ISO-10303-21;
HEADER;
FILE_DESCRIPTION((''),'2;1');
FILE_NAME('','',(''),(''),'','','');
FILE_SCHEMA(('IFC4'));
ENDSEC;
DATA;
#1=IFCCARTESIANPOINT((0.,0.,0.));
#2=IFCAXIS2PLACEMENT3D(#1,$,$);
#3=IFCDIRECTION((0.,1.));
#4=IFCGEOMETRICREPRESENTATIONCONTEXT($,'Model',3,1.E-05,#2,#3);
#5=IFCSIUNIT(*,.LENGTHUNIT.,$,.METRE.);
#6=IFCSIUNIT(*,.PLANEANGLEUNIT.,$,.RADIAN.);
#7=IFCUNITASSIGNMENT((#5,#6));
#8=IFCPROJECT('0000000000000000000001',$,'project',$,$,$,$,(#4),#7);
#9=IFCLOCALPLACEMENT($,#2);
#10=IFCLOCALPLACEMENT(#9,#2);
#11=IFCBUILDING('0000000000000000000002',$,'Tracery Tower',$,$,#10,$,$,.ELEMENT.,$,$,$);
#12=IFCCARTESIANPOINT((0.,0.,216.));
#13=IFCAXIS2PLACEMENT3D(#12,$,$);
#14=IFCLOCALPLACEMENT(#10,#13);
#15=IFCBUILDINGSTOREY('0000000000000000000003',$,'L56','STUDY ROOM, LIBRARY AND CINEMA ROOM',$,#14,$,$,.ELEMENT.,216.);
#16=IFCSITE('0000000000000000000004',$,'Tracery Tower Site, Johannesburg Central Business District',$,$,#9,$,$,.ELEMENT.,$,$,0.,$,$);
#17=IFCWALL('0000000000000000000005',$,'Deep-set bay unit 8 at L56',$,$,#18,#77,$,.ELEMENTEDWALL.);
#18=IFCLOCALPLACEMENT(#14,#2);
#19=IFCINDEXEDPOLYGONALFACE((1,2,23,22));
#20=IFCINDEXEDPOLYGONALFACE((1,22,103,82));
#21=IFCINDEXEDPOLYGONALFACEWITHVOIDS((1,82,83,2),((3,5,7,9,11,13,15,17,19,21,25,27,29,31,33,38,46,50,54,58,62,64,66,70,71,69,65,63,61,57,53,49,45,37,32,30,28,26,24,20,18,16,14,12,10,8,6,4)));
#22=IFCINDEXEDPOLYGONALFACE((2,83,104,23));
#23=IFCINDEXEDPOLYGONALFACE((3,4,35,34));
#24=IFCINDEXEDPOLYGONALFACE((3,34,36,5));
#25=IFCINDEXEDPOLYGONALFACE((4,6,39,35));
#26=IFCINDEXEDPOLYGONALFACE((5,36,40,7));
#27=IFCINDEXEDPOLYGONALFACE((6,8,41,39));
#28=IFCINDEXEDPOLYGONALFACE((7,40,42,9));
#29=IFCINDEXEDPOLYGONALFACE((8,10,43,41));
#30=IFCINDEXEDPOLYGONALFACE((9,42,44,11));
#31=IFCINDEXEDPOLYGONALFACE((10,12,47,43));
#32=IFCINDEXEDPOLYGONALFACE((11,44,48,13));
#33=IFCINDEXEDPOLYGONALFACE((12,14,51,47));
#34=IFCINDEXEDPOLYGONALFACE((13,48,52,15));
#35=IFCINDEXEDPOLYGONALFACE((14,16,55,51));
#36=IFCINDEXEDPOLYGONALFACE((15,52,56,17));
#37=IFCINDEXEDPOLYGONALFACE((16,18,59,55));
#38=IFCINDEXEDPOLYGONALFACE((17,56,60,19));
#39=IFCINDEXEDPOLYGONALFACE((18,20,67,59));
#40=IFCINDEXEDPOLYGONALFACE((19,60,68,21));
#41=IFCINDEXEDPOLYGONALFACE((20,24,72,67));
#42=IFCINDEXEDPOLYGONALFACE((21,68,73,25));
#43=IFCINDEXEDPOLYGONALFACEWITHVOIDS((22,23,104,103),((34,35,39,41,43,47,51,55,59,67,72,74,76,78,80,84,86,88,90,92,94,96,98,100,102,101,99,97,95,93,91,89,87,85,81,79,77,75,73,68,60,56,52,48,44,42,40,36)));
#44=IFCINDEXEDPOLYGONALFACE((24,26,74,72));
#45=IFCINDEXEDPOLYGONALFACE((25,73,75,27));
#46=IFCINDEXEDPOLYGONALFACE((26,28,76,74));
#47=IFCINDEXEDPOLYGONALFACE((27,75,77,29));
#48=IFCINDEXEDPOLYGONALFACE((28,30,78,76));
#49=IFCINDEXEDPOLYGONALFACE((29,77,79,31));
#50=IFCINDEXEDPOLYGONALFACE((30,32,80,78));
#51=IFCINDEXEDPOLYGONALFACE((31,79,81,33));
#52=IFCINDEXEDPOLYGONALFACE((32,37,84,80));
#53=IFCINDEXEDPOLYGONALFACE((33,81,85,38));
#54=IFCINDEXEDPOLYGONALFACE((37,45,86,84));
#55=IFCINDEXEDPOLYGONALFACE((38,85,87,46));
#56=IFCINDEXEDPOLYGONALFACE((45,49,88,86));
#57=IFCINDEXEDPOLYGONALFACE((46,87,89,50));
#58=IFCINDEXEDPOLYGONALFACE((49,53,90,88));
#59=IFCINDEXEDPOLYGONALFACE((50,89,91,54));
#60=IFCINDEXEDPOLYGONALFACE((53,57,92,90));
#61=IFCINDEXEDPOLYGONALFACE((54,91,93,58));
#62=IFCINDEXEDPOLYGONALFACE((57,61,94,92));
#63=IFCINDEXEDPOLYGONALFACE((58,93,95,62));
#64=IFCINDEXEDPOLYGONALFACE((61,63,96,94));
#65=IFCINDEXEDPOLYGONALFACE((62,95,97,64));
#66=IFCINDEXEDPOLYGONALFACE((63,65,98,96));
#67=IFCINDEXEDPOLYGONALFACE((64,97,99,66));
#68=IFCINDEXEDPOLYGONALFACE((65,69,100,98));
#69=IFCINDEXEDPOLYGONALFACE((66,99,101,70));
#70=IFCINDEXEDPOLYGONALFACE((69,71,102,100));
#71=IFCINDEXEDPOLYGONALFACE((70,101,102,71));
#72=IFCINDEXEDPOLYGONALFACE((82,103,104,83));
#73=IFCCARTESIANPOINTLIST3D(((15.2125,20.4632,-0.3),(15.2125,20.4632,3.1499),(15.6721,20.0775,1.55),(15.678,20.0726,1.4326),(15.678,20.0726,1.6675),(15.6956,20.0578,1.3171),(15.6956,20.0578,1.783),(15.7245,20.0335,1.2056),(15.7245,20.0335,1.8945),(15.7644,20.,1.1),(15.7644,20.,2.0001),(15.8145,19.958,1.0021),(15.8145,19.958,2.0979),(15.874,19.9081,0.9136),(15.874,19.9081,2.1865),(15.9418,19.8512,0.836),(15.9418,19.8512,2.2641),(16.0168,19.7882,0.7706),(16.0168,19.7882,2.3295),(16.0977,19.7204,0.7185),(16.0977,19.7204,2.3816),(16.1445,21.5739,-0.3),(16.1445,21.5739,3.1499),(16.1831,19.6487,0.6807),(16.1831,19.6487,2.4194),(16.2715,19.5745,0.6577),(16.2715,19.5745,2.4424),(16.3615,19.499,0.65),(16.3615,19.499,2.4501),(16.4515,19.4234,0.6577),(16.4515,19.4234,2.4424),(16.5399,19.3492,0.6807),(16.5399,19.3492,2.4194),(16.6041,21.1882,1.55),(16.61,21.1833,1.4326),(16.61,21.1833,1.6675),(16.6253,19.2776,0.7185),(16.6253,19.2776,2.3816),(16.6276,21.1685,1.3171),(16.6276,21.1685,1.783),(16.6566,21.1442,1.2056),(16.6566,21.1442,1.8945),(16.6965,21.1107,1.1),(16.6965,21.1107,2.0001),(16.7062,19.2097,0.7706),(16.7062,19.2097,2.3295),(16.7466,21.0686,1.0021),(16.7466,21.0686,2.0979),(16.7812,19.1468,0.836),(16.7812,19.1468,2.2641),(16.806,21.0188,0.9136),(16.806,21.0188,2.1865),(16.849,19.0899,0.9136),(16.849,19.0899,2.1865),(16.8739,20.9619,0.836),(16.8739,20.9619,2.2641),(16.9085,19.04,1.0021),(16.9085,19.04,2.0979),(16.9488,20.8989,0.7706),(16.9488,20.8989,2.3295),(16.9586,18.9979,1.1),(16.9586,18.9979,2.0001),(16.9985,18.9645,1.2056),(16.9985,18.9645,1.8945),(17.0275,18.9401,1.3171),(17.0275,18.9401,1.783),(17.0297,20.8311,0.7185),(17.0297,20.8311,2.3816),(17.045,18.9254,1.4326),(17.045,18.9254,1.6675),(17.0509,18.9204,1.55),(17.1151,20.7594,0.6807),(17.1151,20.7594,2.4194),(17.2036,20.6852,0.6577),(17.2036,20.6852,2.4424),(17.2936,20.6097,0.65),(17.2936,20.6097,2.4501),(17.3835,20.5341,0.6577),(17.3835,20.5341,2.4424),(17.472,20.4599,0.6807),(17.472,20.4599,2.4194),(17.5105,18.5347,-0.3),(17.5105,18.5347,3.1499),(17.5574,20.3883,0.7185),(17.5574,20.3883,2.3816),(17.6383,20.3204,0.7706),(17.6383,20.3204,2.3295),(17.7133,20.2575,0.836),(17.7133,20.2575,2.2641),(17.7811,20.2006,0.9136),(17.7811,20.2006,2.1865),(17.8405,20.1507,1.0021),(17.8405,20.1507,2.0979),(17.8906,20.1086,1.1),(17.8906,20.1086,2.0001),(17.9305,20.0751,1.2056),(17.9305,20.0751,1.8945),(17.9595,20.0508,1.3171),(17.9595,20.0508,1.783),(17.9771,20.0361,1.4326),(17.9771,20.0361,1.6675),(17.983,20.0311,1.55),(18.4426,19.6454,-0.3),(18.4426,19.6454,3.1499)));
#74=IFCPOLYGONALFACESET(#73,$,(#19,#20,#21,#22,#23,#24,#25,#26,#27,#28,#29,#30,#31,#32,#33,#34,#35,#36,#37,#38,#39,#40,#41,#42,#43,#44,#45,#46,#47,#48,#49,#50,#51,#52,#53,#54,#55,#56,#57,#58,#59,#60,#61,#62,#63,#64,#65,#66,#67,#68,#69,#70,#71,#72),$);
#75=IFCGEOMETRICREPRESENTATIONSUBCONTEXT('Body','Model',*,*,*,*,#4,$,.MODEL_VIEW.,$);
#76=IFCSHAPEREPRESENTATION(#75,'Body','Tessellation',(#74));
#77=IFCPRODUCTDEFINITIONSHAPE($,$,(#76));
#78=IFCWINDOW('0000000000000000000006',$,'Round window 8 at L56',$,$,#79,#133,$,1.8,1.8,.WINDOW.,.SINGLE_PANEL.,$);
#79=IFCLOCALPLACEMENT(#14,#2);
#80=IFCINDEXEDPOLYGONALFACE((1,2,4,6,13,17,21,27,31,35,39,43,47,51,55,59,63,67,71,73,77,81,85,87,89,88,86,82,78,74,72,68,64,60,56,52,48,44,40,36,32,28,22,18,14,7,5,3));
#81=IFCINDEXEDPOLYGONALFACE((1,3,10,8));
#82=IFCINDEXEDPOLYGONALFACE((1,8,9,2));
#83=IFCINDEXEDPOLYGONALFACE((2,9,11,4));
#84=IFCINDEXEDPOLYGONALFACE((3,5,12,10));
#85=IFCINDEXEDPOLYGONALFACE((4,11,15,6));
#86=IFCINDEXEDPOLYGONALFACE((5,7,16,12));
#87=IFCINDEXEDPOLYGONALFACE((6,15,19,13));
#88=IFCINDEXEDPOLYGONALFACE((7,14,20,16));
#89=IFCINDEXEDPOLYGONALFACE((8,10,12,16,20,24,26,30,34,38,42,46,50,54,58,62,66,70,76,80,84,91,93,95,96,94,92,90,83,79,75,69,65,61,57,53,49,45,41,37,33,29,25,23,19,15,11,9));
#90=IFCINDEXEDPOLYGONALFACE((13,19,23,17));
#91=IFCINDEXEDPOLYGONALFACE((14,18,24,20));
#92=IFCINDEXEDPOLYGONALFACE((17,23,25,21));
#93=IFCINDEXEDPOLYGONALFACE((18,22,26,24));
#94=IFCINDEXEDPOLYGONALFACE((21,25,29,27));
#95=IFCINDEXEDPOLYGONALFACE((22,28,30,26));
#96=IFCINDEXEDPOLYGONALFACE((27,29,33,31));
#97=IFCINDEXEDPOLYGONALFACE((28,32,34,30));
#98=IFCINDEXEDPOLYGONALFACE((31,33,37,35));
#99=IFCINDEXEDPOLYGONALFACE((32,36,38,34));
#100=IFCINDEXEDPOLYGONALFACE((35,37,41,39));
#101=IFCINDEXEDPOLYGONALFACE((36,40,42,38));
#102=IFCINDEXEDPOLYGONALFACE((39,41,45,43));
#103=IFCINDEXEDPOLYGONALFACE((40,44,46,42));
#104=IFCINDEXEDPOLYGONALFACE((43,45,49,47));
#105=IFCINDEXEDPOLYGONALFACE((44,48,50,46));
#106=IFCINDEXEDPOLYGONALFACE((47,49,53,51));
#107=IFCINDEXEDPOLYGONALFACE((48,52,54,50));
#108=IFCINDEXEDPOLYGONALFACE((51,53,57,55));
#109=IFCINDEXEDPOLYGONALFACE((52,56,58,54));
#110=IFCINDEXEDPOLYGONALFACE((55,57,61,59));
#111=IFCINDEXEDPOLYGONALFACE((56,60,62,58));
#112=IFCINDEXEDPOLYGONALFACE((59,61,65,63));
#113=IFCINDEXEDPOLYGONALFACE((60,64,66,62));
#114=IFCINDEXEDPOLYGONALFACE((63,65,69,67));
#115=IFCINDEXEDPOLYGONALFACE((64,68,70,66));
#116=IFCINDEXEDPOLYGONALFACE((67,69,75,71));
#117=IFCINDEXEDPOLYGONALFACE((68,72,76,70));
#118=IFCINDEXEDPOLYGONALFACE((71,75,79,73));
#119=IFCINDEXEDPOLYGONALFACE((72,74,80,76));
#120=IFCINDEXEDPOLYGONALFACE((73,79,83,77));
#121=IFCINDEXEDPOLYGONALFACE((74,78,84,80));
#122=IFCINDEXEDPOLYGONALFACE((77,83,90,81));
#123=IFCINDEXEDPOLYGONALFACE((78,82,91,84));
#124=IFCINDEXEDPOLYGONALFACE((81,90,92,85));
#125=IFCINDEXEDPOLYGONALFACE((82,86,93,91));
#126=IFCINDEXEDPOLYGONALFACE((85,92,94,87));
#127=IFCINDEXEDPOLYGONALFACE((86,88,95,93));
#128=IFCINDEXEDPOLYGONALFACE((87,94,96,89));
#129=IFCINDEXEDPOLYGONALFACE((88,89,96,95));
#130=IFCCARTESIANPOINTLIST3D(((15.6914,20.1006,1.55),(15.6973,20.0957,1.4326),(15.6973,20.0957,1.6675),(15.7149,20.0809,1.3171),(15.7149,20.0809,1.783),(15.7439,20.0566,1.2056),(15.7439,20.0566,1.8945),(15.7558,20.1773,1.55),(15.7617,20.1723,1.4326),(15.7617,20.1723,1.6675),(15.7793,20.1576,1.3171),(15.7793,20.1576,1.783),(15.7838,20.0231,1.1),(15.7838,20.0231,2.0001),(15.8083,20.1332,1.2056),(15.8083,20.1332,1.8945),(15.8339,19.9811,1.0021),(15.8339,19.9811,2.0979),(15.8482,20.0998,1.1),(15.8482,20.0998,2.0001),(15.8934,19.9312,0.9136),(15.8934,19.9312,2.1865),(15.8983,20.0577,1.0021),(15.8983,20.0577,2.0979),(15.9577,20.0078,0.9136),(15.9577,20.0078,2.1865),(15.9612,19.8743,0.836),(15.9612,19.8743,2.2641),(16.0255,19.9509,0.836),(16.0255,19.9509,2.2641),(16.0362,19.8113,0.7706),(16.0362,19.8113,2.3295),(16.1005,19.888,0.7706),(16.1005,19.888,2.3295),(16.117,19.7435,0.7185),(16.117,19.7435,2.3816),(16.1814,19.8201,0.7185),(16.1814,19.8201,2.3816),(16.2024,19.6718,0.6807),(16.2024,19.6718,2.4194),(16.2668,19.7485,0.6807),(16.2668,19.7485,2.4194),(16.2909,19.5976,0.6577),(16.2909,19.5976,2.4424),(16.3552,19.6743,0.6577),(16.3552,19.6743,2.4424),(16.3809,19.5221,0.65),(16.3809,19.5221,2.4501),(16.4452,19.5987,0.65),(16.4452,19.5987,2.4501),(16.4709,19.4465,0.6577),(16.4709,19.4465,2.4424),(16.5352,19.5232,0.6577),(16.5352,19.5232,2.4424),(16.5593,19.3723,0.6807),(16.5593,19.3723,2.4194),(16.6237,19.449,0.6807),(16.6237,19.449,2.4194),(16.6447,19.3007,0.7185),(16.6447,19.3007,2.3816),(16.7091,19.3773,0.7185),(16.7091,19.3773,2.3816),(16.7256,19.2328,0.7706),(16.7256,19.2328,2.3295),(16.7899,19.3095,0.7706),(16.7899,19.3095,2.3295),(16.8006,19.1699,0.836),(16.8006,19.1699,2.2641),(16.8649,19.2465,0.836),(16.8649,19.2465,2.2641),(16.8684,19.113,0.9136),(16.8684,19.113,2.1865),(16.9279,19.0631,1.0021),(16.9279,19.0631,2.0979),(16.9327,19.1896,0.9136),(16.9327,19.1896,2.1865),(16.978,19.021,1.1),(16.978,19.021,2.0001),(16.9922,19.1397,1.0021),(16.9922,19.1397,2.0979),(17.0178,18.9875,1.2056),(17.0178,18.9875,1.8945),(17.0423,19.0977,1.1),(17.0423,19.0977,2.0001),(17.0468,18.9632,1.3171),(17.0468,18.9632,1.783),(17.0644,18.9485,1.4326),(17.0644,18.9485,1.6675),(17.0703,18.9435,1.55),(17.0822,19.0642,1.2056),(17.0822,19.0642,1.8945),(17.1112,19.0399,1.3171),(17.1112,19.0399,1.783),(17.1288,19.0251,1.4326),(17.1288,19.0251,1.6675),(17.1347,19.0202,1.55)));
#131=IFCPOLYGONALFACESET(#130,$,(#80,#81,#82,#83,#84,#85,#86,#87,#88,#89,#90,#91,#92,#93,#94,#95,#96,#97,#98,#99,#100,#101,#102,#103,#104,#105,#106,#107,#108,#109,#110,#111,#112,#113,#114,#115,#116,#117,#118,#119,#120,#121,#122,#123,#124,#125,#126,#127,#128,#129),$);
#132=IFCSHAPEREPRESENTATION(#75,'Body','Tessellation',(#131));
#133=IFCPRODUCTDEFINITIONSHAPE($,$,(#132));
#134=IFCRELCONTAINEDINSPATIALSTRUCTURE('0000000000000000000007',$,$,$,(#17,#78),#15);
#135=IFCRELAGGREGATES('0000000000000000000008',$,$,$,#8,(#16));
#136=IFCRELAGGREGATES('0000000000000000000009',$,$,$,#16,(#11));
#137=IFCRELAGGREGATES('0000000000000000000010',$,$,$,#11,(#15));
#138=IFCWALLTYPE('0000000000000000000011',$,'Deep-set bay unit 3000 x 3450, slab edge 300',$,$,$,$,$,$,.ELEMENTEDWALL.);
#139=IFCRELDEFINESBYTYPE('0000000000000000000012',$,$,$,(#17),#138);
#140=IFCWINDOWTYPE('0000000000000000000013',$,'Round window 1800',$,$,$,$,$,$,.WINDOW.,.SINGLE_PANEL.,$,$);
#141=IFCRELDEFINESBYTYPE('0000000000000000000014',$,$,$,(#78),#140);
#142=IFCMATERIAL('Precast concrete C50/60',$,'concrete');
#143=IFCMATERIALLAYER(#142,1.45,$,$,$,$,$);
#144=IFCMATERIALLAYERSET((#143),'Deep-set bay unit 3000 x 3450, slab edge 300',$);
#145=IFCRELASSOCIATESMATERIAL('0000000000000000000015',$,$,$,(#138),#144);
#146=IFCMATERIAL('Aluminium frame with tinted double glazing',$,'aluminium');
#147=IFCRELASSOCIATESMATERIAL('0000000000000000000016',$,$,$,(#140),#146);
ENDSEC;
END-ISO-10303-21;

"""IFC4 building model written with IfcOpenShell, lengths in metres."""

from ifc_helpers import new_model, si_unit, direction, frame, frame_2d, origin, origin_2d, place, context, subcontext, project, spatial, rectangle, circle, extrude, material, layer, layer_set, type_object, element, fill, save


model = new_model("IFC4")

# Units and contexts
model_context = context("Model", 3, precision=1e-05, world=origin(), true_north=direction((0.0, 1.0)))
body_context = subcontext(model_context, "Body", "Model", "MODEL_VIEW")
ifc_project = project(units=[si_unit("LENGTHUNIT", "METRE"), si_unit("PLANEANGLEUNIT", "RADIAN")], contexts=[model_context])

# Site, building, storey
site_placement = place(None, origin())
site = spatial("IfcSite", under=ifc_project, at=site_placement, Name="Tracery Tower Site, Johannesburg Central Business District", CompositionType="ELEMENT", RefElevation=0.0)
building_placement = place(site_placement, origin())
building = spatial("IfcBuilding", under=site, at=building_placement, Name="Tracery Tower", CompositionType="ELEMENT")
storey_placement = place(building_placement, frame((0.0, 0.0, 216.0)))
storey = spatial("IfcBuildingStorey", under=building, at=storey_placement, Name="L56", Description="STUDY ROOM, LIBRARY AND CINEMA ROOM", CompositionType="ELEMENT", Elevation=216.0)

# Wall, opening, window
ifc_material_1 = material(Name="Precast concrete C50/60", Category="concrete")
ifc_layer_1 = layer(ifc_material_1, 1.45)
ifc_layer_set_1 = layer_set([ifc_layer_1], Name="Deep-set bay unit 3000 x 3450, slab edge 300")
wall_type_1 = type_object("IfcWallType", Name="Deep-set bay unit 3000 x 3450, slab edge 300", PredefinedType="ELEMENTEDWALL", material=ifc_layer_set_1)
wall_1_placement = place(storey_placement, frame((17.9766, 19.0901, -0.3), z_axis=(0.0, 0.0, 1.0), x_axis=(-0.766022, 0.642814, 0.0)))
wall_1 = element("IfcWall", 1, at=wall_1_placement, inside=storey, type_object=wall_type_1, Name="Deep-set bay unit 8 at L56", PredefinedType="ELEMENTEDWALL", context=body_context, shape_type="SweptSolid", body=[
    extrude(rectangle(XDim=3.0, YDim=1.45, at=frame_2d((1.5, 0.0))), origin(), (0.0, 0.0, 1.0), 3.45),
])
opening_1_placement = place(wall_1_placement, frame((1.5, 0.0, 1.8501)))
opening_1 = element("IfcOpeningElement", 2, at=opening_1_placement, cuts=wall_1, PredefinedType="OPENING", context=body_context, shape_type="SweptSolid", body=[
    extrude(circle(Radius=0.9, at=origin_2d()), frame((0.0, 0.7349, 0.0), z_axis=(0.0, -1.0, 0.0), x_axis=(1.0, 0.0, 0.0)), (0.0, 0.0, 1.0), 1.47),
])
ifc_material_2 = material(Name="Aluminium frame with tinted double glazing", Category="aluminium")
window_type = type_object("IfcWindowType", Name="Round window 1800", PartitioningType="SINGLE_PANEL", PredefinedType="WINDOW", material=ifc_material_2)
window_1_placement = place(opening_1_placement, origin())
window_1 = element("IfcWindow", 3, at=window_1_placement, inside=storey, type_object=window_type, Name="Round window 8 at L56", OverallHeight=1.8, OverallWidth=1.8, PartitioningType="SINGLE_PANEL", PredefinedType="WINDOW", context=body_context, shape_type="SweptSolid", body=[
    extrude(circle(Radius=0.9, at=origin_2d()), frame((0.0, 0.6948, 0.0), z_axis=(0.0, -1.0, 0.0), x_axis=(1.0, 0.0, 0.0)), (0.0, 0.0, 1.0), 0.1001),
])
fill(opening_1, window_1)

save(model, "model.ifc")
